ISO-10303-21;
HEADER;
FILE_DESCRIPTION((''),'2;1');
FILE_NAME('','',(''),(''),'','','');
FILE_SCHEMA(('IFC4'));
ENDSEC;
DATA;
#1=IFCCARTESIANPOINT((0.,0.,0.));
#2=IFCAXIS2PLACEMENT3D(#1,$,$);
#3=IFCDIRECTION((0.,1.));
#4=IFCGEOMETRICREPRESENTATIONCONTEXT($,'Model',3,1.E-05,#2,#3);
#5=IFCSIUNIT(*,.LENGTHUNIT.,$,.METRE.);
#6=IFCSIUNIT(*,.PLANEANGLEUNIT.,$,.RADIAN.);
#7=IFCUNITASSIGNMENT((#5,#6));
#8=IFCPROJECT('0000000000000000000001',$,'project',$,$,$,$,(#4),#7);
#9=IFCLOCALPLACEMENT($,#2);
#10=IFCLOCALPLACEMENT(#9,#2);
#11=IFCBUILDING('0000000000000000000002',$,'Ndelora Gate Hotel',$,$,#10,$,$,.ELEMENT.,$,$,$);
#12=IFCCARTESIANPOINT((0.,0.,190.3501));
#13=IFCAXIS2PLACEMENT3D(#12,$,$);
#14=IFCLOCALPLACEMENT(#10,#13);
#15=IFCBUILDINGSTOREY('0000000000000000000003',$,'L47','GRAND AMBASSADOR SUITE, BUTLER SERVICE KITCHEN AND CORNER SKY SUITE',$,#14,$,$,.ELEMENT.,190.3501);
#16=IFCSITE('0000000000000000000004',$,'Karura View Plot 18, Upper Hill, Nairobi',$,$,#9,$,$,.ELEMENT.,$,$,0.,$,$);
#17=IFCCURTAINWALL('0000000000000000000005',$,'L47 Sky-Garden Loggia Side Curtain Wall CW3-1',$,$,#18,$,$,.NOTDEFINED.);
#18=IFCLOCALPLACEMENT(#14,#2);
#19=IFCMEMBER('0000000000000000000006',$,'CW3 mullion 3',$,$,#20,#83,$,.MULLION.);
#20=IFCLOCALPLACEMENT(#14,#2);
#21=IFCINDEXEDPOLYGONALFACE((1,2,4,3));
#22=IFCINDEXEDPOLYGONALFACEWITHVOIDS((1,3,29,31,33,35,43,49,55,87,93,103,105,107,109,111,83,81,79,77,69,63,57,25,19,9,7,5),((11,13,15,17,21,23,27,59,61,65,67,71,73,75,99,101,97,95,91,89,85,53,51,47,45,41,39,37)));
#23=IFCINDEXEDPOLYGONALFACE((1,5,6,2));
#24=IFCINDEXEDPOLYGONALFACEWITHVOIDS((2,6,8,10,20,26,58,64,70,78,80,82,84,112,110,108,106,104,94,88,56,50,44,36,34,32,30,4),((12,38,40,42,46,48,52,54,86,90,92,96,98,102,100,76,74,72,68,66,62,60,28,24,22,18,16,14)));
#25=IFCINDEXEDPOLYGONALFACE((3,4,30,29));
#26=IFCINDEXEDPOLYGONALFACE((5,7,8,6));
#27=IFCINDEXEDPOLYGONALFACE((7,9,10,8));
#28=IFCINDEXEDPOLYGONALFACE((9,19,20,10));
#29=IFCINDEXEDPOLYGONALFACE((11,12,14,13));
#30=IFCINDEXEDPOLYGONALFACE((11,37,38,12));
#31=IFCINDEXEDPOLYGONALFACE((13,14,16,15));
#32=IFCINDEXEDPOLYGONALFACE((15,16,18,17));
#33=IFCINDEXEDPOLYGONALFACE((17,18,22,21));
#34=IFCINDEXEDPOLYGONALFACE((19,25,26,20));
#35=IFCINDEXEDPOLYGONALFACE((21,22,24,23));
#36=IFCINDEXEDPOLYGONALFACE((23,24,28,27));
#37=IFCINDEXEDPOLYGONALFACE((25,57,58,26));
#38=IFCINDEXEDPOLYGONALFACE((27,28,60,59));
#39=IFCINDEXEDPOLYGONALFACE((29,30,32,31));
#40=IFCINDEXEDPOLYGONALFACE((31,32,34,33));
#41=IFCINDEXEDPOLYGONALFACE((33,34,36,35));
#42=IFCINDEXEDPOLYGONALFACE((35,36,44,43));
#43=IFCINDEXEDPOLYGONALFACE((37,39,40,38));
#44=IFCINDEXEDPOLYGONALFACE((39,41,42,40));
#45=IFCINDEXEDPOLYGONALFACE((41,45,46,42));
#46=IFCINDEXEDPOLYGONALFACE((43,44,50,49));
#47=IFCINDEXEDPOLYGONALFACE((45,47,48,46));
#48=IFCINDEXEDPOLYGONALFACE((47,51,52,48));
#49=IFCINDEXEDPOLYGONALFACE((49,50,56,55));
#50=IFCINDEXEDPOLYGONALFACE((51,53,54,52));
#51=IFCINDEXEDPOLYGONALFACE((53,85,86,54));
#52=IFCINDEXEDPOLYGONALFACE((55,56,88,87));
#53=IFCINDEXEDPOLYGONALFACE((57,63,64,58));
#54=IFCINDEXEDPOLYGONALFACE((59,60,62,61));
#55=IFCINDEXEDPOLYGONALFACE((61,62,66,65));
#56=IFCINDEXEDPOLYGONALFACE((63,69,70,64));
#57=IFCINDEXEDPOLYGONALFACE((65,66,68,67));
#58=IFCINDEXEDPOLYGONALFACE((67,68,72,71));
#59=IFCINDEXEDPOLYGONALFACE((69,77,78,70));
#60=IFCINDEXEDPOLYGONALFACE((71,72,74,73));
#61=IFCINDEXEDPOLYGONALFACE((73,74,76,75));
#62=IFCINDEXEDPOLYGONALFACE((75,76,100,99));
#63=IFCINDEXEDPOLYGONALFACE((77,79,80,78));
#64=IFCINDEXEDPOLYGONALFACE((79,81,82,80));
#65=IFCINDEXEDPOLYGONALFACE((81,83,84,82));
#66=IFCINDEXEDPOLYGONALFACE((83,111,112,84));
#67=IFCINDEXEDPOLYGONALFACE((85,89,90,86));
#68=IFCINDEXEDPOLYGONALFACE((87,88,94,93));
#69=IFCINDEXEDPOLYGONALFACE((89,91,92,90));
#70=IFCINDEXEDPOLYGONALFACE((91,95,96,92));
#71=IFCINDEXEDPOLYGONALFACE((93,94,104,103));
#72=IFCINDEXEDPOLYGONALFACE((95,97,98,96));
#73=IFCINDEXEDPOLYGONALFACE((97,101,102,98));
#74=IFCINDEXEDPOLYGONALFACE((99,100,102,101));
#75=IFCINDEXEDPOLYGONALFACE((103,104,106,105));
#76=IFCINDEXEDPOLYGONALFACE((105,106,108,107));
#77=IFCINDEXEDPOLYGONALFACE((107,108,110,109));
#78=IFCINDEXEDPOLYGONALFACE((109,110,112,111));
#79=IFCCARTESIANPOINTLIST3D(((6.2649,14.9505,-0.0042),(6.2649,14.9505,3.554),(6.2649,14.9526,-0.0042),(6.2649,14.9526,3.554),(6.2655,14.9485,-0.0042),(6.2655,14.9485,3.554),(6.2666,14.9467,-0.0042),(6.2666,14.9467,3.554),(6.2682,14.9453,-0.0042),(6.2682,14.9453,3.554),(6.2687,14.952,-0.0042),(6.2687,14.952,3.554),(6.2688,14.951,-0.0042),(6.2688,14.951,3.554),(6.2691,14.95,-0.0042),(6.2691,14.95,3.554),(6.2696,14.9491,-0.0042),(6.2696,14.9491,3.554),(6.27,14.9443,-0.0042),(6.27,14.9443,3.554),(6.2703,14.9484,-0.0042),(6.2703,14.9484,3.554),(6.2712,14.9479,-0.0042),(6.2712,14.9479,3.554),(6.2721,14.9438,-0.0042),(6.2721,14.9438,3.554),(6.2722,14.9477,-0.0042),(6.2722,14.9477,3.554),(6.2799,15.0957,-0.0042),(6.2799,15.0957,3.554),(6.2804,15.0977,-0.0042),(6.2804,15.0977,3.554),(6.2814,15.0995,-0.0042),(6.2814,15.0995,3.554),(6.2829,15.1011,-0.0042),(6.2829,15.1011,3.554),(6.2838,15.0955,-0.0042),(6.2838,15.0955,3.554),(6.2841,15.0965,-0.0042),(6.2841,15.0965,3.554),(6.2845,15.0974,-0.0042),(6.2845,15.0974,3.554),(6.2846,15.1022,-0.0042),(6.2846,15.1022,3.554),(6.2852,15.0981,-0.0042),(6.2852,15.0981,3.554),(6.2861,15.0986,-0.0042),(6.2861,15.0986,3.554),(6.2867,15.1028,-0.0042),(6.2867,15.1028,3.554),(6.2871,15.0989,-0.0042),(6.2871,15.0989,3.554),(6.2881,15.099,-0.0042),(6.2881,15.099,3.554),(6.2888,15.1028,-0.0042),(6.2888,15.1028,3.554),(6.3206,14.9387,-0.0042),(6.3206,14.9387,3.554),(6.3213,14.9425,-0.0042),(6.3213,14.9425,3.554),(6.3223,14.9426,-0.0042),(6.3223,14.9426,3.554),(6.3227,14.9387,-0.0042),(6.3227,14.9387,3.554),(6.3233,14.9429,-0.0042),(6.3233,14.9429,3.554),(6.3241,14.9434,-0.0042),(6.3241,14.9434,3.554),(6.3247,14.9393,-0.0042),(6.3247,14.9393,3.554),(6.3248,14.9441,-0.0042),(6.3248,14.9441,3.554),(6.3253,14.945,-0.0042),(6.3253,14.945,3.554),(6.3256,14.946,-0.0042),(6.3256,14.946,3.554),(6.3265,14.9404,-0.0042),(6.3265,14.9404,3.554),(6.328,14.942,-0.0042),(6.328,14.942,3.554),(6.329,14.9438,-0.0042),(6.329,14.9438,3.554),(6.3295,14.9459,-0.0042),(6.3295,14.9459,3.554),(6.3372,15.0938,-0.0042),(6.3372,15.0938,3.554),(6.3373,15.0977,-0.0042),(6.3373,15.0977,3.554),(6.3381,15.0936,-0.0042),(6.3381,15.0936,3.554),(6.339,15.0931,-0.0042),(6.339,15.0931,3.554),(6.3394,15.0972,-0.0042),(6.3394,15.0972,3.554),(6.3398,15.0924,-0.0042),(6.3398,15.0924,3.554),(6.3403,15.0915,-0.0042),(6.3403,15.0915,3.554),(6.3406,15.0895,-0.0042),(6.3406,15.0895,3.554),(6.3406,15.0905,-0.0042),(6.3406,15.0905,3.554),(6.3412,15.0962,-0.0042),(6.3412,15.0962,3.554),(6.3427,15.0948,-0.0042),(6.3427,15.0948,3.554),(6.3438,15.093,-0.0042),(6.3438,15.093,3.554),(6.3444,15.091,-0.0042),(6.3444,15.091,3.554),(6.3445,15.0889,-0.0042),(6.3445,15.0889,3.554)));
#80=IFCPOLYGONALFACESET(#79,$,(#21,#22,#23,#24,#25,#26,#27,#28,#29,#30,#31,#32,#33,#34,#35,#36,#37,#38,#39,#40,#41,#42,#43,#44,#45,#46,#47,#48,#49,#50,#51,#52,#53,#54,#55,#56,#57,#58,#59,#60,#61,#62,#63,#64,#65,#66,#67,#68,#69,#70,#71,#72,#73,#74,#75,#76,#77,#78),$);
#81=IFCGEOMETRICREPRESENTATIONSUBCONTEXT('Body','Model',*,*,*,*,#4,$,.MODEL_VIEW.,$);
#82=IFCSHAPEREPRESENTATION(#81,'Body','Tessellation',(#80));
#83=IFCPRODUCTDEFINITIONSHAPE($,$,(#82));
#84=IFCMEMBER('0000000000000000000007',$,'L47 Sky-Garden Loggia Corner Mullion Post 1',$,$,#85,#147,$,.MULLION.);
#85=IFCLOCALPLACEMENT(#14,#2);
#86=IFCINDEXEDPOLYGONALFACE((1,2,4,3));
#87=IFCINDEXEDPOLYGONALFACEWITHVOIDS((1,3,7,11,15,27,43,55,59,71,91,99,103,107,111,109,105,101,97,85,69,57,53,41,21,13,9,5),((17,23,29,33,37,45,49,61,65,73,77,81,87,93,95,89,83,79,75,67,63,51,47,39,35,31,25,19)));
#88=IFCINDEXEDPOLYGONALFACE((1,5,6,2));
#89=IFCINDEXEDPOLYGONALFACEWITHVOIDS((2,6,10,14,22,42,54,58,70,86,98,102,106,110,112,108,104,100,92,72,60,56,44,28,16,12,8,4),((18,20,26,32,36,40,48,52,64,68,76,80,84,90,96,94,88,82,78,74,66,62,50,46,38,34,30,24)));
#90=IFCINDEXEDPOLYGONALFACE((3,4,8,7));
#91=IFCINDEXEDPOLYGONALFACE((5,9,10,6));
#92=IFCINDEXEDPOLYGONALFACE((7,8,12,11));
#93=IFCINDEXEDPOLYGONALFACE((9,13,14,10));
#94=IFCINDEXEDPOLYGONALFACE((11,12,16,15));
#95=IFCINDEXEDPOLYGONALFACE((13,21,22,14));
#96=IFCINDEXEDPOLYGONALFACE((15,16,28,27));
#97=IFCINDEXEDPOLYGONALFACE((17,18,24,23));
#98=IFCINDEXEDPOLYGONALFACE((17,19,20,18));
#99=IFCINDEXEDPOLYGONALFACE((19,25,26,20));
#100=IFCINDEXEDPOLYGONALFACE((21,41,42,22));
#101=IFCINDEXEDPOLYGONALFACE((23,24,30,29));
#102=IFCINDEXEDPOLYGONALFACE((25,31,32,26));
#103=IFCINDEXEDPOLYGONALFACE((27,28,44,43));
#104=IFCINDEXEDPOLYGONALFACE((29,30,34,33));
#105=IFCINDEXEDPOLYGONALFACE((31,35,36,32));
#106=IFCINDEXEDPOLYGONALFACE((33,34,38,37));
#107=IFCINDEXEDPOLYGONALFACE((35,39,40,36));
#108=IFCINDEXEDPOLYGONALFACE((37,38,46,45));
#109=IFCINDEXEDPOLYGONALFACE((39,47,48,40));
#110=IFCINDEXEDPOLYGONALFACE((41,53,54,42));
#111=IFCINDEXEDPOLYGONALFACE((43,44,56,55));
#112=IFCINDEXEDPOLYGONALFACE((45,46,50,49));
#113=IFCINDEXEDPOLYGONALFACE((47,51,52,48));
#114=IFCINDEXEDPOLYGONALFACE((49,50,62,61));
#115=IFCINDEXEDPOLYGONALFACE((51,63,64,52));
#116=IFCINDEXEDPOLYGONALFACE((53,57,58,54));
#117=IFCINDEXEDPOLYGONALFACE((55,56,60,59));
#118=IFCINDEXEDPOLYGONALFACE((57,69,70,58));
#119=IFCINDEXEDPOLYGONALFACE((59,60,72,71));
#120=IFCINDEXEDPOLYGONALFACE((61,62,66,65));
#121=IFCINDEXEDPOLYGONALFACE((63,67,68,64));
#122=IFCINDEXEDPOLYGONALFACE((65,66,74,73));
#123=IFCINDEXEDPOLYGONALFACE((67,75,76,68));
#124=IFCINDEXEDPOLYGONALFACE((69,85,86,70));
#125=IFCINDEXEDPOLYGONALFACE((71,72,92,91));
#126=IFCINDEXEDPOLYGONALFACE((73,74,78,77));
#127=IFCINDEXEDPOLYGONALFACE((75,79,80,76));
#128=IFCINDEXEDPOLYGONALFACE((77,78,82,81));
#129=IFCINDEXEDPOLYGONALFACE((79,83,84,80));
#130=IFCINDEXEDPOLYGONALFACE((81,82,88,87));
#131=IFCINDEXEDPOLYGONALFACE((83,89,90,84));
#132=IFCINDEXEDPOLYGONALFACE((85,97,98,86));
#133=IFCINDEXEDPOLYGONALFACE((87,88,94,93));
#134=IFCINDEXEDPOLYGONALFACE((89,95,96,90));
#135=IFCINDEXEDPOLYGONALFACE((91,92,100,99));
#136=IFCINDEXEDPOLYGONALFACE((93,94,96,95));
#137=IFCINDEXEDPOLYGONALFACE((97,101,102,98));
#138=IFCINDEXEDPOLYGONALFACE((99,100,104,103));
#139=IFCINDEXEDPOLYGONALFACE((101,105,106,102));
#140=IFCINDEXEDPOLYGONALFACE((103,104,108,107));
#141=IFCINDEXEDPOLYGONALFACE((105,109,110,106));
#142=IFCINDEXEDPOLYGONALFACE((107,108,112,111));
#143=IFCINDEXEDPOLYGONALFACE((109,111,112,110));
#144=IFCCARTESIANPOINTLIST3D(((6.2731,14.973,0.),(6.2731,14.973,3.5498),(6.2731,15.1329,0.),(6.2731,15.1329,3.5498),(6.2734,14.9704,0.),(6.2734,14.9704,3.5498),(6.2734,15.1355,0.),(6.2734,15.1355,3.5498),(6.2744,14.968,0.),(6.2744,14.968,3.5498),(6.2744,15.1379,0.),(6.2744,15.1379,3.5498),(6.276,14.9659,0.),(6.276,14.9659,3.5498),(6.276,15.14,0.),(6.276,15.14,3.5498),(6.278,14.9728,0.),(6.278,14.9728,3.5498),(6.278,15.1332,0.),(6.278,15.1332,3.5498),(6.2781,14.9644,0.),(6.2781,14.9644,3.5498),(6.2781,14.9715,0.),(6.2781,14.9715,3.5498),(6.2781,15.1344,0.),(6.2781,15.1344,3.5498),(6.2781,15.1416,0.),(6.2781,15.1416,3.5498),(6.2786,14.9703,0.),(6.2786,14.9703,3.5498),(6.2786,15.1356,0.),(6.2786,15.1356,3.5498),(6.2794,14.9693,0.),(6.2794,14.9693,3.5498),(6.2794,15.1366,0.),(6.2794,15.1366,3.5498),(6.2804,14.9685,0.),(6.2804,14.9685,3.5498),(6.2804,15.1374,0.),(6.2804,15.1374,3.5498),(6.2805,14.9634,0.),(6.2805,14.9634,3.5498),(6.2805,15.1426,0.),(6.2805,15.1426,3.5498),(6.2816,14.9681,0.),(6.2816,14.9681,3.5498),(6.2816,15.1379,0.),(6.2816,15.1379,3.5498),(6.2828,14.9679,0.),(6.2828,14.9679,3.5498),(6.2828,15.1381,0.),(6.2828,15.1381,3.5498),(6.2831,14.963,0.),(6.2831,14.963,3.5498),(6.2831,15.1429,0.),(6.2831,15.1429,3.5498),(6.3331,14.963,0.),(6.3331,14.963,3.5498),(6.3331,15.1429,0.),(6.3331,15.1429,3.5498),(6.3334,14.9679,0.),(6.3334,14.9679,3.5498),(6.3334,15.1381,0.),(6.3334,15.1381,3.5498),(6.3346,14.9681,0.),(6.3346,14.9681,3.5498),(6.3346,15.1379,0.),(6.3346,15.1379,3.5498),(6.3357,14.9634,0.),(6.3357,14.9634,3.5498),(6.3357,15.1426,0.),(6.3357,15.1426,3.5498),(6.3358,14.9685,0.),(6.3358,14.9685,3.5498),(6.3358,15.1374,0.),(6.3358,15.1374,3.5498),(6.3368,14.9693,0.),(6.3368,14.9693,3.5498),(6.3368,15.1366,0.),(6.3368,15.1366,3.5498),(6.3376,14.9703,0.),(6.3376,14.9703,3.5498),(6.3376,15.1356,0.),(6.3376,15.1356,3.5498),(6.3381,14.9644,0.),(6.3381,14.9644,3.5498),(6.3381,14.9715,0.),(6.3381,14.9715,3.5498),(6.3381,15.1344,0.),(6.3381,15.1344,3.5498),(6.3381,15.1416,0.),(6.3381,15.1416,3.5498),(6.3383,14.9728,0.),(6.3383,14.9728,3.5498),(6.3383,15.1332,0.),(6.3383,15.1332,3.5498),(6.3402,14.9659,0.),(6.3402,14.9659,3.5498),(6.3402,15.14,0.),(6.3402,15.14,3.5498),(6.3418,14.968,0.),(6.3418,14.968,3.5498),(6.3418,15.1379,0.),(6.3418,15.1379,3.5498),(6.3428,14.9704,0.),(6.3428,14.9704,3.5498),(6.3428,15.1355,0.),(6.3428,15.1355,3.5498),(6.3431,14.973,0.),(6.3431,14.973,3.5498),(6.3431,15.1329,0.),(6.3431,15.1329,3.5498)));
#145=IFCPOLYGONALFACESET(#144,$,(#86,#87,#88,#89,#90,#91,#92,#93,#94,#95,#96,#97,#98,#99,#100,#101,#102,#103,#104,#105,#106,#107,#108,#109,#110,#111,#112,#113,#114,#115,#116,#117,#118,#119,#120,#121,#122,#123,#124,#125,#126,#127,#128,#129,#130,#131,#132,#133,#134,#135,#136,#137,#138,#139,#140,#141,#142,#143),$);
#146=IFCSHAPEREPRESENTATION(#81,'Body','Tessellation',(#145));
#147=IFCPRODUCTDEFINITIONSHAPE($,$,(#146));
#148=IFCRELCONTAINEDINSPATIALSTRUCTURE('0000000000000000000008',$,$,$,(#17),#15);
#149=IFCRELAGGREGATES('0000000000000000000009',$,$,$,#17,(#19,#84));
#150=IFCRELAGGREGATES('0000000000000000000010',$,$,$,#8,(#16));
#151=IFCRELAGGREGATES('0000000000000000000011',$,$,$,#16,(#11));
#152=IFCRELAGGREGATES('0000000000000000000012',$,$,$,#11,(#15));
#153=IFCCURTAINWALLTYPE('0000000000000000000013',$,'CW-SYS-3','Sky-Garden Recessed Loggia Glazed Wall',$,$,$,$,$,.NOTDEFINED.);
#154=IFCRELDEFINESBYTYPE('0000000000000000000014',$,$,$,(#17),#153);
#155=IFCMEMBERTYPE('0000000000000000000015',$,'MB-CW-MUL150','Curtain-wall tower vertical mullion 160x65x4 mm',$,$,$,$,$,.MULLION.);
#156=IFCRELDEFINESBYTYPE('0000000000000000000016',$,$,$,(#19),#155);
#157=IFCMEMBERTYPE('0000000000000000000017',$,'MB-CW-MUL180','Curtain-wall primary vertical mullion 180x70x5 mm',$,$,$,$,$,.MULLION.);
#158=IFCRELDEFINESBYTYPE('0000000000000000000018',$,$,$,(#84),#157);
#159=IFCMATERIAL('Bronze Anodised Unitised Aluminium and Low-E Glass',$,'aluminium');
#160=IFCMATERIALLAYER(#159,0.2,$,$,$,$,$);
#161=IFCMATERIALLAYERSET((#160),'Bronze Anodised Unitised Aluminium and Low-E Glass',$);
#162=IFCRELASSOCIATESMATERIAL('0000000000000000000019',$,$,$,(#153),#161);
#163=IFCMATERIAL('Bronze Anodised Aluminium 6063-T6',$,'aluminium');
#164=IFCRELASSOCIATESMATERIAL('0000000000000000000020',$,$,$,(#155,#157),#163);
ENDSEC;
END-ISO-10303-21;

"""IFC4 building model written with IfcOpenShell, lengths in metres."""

from ifc_helpers import new_model, si_unit, direction, frame, origin, origin_2d, place, context, subcontext, project, spatial, hollow_rectangle, extrude, material, layer, layer_set, material_profile, profile_set, type_object, element, aggregate, save


model = new_model("IFC4")

# Units and contexts
model_context = context("Model", 3, precision=1e-05, world=origin(), true_north=direction((0.0, 1.0)))
body_context = subcontext(model_context, "Body", "Model", "MODEL_VIEW")
ifc_project = project(units=[si_unit("LENGTHUNIT", "METRE"), si_unit("PLANEANGLEUNIT", "RADIAN")], contexts=[model_context])

# Site, building, storey
site_placement = place(None, origin())
site = spatial("IfcSite", under=ifc_project, at=site_placement, Name="Karura View Plot 18, Upper Hill, Nairobi", CompositionType="ELEMENT", RefElevation=0.0)
building_placement = place(site_placement, origin())
building = spatial("IfcBuilding", under=site, at=building_placement, Name="Ndelora Gate Hotel", CompositionType="ELEMENT")
storey_placement = place(building_placement, frame((0.0, 0.0, 190.3501)))
storey = spatial("IfcBuildingStorey", under=building, at=storey_placement, Name="L47", Description="GRAND AMBASSADOR SUITE, BUTLER SERVICE KITCHEN AND CORNER SKY SUITE", CompositionType="ELEMENT", Elevation=190.3501)

# Curtain wall, members
ifc_material_1 = material(Name="Bronze Anodised Unitised Aluminium and Low-E Glass", Category="aluminium")
ifc_layer_1 = layer(ifc_material_1, 0.2)
ifc_layer_set_1 = layer_set([ifc_layer_1], Name="Bronze Anodised Unitised Aluminium and Low-E Glass")
curtain_wall_type = type_object("IfcCurtainWallType", Name="CW-SYS-3", Description="Sky-Garden Recessed Loggia Glazed Wall", PredefinedType="NOTDEFINED", material=ifc_layer_set_1)
curtain_wall_placement = place(storey_placement, origin())
curtain_wall = element("IfcCurtainWall", 1, at=curtain_wall_placement, inside=storey, type_object=curtain_wall_type, Name="L47 Sky-Garden Loggia Side Curtain Wall CW3-1", PredefinedType="NOTDEFINED")
ifc_material_2 = material(Name="Bronze Anodised Aluminium 6063-T6", Category="aluminium")
ifc_material_profile_1 = material_profile(ifc_material_2, hollow_rectangle(XDim=0.0649, YDim=0.1599, WallThickness=0.0039, InnerFilletRadius=0.0039, OuterFilletRadius=0.0081, at=origin_2d()), Name="ALU 160x65x4")
ifc_profile_set_1 = profile_set([ifc_material_profile_1], Name="Bronze Anodised Aluminium 6063-T6")
member_type_1 = type_object("IfcMemberType", Name="MB-CW-MUL150", Description="Curtain-wall tower vertical mullion 160x65x4 mm", PredefinedType="MULLION", material=ifc_profile_set_1)
member_1_placement = place(storey_placement, frame((6.3047, 15.0208, -0.0042), z_axis=(0.0, 0.0, 1.0), x_axis=(-0.994525, 0.104498, 0.0)))
member_1 = element("IfcMember", 2, at=member_1_placement, type_object=member_type_1, Name="CW3 mullion 3", PredefinedType="MULLION", context=body_context, shape_type="SweptSolid", body=[
    extrude(hollow_rectangle(XDim=0.0649, YDim=0.1599, WallThickness=0.0039, InnerFilletRadius=0.0039, OuterFilletRadius=0.0081, at=origin_2d()), origin(), (0.0, 0.0, 1.0), 3.5581),
])
ifc_material_profile_2 = material_profile(ifc_material_2, hollow_rectangle(XDim=0.0701, YDim=0.1799, WallThickness=0.0049, InnerFilletRadius=0.0049, OuterFilletRadius=0.01, at=origin_2d()), Name="ALU 180x70x5")
ifc_profile_set_2 = profile_set([ifc_material_profile_2], Name="Bronze Anodised Aluminium 6063-T6")
member_type_2 = type_object("IfcMemberType", Name="MB-CW-MUL180", Description="Curtain-wall primary vertical mullion 180x70x5 mm", PredefinedType="MULLION", material=ifc_profile_set_2)
member_2_placement = place(storey_placement, frame((6.3081, 15.053, 0.0), z_axis=(0.0, 0.0, 1.0), x_axis=(1.0, 0.0, 0.0)))
member_2 = element("IfcMember", 3, at=member_2_placement, type_object=member_type_2, Name="L47 Sky-Garden Loggia Corner Mullion Post 1", PredefinedType="MULLION", context=body_context, shape_type="SweptSolid", body=[
    extrude(hollow_rectangle(XDim=0.0701, YDim=0.1799, WallThickness=0.0049, InnerFilletRadius=0.0049, OuterFilletRadius=0.01, at=origin_2d()), origin(), (0.0, 0.0, 1.0), 3.5498),
])
aggregate(curtain_wall, [member_1, member_2])

save(model, "model.ifc")
